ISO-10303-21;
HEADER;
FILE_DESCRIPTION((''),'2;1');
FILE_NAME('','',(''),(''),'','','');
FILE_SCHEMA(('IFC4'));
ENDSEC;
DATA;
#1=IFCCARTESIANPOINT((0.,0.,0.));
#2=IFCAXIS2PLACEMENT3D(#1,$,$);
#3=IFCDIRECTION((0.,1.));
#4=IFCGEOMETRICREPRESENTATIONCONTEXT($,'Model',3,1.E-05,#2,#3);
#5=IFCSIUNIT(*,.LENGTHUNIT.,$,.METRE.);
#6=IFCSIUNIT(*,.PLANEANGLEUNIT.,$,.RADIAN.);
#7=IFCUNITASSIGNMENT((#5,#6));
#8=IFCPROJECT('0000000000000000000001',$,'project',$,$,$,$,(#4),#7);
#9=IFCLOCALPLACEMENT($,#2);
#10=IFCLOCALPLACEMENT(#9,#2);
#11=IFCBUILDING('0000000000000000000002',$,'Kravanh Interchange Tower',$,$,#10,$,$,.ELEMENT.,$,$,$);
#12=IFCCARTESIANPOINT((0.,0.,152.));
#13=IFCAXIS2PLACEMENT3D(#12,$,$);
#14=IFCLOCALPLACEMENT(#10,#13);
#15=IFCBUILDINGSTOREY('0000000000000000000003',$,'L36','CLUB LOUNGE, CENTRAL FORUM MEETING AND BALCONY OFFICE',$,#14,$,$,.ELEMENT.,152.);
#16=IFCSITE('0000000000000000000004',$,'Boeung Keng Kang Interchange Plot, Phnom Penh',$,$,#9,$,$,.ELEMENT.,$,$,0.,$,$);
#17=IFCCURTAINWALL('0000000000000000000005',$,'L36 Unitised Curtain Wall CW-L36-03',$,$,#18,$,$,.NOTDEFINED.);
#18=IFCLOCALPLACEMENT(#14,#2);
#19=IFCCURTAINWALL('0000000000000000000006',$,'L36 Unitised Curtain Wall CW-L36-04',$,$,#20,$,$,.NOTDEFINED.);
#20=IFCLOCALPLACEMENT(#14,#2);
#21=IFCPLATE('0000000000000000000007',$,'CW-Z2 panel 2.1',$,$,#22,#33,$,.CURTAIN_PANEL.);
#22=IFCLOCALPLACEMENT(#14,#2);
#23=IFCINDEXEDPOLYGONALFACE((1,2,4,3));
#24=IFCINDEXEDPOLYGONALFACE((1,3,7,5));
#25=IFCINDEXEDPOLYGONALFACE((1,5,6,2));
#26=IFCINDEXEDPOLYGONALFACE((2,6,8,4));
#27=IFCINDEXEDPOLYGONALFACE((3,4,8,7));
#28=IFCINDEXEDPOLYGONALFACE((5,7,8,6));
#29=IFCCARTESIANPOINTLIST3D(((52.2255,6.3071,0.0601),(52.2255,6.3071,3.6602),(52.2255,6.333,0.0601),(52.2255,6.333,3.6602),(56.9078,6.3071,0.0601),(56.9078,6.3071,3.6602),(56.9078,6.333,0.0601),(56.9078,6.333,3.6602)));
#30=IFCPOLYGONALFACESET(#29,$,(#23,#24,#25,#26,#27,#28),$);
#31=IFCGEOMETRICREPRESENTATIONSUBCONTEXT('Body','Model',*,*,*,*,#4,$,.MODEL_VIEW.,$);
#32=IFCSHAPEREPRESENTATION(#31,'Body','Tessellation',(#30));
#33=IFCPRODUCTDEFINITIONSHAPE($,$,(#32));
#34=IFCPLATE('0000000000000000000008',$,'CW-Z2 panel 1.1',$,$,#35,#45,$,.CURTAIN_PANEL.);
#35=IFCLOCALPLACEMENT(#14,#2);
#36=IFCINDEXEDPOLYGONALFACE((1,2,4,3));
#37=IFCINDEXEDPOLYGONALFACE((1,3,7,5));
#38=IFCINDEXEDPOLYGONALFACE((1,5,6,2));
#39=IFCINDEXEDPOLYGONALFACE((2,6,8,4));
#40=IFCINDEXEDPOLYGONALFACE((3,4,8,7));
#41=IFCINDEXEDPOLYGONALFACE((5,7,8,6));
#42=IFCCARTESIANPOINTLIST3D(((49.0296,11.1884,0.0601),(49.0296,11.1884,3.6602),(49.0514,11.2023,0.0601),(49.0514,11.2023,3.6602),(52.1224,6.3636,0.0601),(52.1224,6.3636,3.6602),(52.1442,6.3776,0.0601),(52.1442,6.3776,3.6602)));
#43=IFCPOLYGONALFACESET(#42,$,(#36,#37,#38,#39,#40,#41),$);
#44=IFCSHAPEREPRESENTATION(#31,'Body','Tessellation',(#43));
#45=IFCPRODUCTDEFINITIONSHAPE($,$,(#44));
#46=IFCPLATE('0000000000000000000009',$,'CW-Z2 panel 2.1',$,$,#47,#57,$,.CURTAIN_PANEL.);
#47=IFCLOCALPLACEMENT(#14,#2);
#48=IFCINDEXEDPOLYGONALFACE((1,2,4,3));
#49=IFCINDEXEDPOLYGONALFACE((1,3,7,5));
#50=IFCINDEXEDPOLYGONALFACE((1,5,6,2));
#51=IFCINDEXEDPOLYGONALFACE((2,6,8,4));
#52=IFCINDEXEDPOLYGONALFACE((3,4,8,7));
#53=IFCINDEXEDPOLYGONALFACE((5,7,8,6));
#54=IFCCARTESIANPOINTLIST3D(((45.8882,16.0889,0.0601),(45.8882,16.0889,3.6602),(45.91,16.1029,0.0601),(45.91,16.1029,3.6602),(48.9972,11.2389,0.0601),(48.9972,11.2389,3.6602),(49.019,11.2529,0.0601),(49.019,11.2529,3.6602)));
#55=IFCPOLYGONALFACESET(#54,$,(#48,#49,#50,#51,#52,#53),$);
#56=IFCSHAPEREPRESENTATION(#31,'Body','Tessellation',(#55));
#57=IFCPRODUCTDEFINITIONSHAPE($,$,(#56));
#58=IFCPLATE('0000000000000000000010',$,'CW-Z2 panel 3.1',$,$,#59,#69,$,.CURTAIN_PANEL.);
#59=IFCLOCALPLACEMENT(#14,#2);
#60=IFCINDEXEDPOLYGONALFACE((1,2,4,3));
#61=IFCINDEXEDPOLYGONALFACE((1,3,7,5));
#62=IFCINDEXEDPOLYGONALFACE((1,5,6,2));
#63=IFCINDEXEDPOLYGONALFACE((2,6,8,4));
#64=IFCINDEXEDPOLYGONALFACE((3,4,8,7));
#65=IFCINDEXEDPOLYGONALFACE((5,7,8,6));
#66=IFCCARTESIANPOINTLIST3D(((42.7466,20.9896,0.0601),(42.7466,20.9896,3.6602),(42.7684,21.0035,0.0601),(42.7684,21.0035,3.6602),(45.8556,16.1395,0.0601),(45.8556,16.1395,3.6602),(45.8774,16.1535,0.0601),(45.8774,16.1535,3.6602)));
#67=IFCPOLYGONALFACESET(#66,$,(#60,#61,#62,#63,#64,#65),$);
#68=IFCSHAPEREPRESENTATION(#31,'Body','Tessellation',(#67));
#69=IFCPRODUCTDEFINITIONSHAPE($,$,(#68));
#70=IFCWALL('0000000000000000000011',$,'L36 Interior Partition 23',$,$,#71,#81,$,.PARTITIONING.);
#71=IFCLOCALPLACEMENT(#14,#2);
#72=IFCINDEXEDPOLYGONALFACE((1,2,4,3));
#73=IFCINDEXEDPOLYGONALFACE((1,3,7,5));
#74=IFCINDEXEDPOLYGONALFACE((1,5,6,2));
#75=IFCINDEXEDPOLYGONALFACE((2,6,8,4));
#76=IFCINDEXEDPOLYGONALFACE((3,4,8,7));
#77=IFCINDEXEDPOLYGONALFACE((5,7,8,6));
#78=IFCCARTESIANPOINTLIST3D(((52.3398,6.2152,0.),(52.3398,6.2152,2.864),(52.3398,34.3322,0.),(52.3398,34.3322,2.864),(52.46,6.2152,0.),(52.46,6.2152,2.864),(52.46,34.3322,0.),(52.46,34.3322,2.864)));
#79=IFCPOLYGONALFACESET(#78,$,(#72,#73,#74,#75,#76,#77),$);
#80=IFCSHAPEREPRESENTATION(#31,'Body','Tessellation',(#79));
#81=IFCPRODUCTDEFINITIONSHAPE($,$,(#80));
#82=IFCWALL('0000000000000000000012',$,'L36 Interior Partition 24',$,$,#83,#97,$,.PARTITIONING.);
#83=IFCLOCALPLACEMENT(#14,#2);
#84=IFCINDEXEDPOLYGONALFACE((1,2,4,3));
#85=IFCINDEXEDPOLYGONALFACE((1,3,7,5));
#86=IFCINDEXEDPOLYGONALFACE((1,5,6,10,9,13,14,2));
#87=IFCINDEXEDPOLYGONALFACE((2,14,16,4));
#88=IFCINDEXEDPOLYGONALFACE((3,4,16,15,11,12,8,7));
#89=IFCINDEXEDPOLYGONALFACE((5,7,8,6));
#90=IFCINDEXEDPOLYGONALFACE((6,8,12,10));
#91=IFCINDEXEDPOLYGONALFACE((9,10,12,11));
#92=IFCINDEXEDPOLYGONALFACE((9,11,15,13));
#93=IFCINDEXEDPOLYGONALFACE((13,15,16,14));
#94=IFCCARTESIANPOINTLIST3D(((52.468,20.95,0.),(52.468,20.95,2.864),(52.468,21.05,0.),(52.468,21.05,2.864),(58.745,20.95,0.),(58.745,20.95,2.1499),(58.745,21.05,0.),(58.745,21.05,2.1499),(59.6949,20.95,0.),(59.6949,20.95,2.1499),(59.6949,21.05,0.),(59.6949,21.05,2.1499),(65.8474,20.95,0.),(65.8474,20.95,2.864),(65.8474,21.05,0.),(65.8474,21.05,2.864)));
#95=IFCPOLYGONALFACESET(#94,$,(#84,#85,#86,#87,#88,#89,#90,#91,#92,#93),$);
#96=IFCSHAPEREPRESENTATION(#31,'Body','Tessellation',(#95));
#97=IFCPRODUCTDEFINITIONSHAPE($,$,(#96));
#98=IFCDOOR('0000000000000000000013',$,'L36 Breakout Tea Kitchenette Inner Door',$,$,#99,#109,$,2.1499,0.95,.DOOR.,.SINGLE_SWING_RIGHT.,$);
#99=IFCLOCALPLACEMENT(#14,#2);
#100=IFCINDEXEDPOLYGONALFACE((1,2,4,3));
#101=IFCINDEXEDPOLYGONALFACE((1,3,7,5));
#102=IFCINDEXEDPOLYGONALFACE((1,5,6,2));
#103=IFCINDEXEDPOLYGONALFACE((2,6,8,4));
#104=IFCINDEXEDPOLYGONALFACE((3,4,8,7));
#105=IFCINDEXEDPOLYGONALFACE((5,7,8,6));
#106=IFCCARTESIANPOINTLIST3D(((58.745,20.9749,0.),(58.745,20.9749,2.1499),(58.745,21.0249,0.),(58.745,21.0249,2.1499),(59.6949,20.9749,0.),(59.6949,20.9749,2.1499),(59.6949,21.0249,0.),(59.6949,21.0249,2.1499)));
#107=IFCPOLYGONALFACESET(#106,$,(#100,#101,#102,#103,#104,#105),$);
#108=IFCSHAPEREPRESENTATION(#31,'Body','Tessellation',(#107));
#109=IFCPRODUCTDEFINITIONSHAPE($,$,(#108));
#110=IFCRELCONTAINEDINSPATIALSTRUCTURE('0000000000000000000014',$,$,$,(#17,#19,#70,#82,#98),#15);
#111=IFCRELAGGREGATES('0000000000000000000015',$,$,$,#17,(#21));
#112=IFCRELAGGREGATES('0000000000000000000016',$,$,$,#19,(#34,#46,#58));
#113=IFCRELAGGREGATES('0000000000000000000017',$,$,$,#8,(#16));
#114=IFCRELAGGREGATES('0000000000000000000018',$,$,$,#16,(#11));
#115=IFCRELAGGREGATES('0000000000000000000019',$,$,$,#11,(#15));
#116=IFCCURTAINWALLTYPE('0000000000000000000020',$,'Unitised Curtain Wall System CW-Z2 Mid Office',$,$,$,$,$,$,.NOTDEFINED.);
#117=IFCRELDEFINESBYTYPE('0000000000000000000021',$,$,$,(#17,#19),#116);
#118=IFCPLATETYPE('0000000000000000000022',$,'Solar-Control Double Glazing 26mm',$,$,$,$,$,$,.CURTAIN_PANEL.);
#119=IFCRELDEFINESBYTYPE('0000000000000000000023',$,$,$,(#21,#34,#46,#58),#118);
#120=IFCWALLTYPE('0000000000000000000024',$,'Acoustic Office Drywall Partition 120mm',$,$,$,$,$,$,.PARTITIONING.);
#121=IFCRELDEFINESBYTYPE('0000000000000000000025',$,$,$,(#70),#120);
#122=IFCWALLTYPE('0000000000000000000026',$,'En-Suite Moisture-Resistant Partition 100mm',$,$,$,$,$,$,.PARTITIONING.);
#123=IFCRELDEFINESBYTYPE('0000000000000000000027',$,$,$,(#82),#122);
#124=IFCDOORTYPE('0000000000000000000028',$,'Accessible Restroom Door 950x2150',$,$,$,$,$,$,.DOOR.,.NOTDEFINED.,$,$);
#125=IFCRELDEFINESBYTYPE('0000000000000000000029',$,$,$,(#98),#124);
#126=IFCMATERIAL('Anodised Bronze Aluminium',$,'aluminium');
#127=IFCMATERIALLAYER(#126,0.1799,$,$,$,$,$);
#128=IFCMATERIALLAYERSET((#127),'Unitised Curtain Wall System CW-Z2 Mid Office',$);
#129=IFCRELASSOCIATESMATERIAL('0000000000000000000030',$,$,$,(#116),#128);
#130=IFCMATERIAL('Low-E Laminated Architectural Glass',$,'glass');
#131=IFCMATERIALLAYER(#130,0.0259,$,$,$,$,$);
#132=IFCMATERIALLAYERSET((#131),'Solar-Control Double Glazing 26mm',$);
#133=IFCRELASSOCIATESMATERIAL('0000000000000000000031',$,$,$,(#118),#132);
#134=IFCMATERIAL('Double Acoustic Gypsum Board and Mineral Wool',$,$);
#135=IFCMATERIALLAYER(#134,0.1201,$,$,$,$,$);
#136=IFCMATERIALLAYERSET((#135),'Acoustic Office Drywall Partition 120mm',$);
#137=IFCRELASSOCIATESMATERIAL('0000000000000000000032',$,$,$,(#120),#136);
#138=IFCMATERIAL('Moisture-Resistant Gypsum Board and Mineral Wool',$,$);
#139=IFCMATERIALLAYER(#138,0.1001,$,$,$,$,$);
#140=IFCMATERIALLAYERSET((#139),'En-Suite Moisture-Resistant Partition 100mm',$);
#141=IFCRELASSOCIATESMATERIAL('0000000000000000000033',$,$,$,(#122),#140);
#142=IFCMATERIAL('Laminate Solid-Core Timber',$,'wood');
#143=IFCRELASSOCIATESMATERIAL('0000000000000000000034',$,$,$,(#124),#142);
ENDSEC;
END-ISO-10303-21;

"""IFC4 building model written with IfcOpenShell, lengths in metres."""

from ifc_helpers import new_model, si_unit, direction, frame, frame_2d, origin, origin_2d, place, context, subcontext, project, spatial, rectangle, extrude, material, layer, layer_set, type_object, element, fill, aggregate, save


model = new_model("IFC4")

# Units and contexts
model_context = context("Model", 3, precision=1e-05, world=origin(), true_north=direction((0.0, 1.0)))
body_context = subcontext(model_context, "Body", "Model", "MODEL_VIEW")
ifc_project = project(units=[si_unit("LENGTHUNIT", "METRE"), si_unit("PLANEANGLEUNIT", "RADIAN")], contexts=[model_context])

# Site, building, storey
site_placement = place(None, origin())
site = spatial("IfcSite", under=ifc_project, at=site_placement, Name="Boeung Keng Kang Interchange Plot, Phnom Penh", CompositionType="ELEMENT", RefElevation=0.0)
building_placement = place(site_placement, origin())
building = spatial("IfcBuilding", under=site, at=building_placement, Name="Kravanh Interchange Tower", CompositionType="ELEMENT")
storey_placement = place(building_placement, frame((0.0, 0.0, 152.0)))
storey = spatial("IfcBuildingStorey", under=building, at=storey_placement, Name="L36", Description="CLUB LOUNGE, CENTRAL FORUM MEETING AND BALCONY OFFICE", CompositionType="ELEMENT", Elevation=152.0)

# Curtain wall
ifc_material_1 = material(Name="Anodised Bronze Aluminium", Category="aluminium")
ifc_layer_1 = layer(ifc_material_1, 0.1799)
ifc_layer_set_1 = layer_set([ifc_layer_1], Name="Unitised Curtain Wall System CW-Z2 Mid Office")
curtain_wall_type = type_object("IfcCurtainWallType", Name="Unitised Curtain Wall System CW-Z2 Mid Office", PredefinedType="NOTDEFINED", material=ifc_layer_set_1)
curtain_wall_1_placement = place(storey_placement, origin())
curtain_wall_1 = element("IfcCurtainWall", 1, at=curtain_wall_1_placement, inside=storey, type_object=curtain_wall_type, Name="L36 Unitised Curtain Wall CW-L36-03", PredefinedType="NOTDEFINED")

# Curtain wall
curtain_wall_2_placement = place(storey_placement, origin())
curtain_wall_2 = element("IfcCurtainWall", 2, at=curtain_wall_2_placement, inside=storey, type_object=curtain_wall_type, Name="L36 Unitised Curtain Wall CW-L36-04", PredefinedType="NOTDEFINED")

# Plates
ifc_material_2 = material(Name="Low-E Laminated Architectural Glass", Category="glass")
ifc_layer_2 = layer(ifc_material_2, 0.0259)
ifc_layer_set_2 = layer_set([ifc_layer_2], Name="Solar-Control Double Glazing 26mm")
plate_type = type_object("IfcPlateType", Name="Solar-Control Double Glazing 26mm", PredefinedType="CURTAIN_PANEL", material=ifc_layer_set_2)
plate_1_placement = place(storey_placement, frame((54.5667, 6.3201, 0.0601), z_axis=(0.0, 0.0, 1.0), x_axis=(-1.0, 0.0, 0.0)))
plate_1 = element("IfcPlate", 3, at=plate_1_placement, type_object=plate_type, Name="CW-Z2 panel 2.1", PredefinedType="CURTAIN_PANEL", context=body_context, shape_type="SweptSolid", body=[
    extrude(rectangle(XDim=4.6824, YDim=0.0259, at=origin_2d()), origin(), (0.0, 0.0, 1.0), 3.6001),
])
aggregate(curtain_wall_1, [plate_1])
plate_2_placement = place(storey_placement, frame((50.5869, 8.783, 0.0601), z_axis=(0.0, 0.0, 1.0), x_axis=(-0.539665, 0.84188, 0.0)))
plate_2 = element("IfcPlate", 4, at=plate_2_placement, type_object=plate_type, Name="CW-Z2 panel 1.1", PredefinedType="CURTAIN_PANEL", context=body_context, shape_type="SweptSolid", body=[
    extrude(rectangle(XDim=5.731, YDim=0.0259, at=origin_2d()), origin(), (0.0, 0.0, 1.0), 3.6001),
])
plate_3_placement = place(storey_placement, frame((47.4536, 13.6709, 0.0601), z_axis=(0.0, 0.0, 1.0), x_axis=(-0.539665, 0.84188, 0.0)))
plate_3 = element("IfcPlate", 5, at=plate_3_placement, type_object=plate_type, Name="CW-Z2 panel 2.1", PredefinedType="CURTAIN_PANEL", context=body_context, shape_type="SweptSolid", body=[
    extrude(rectangle(XDim=5.761, YDim=0.0259, at=origin_2d()), origin(), (0.0, 0.0, 1.0), 3.6001),
])
plate_4_placement = place(storey_placement, frame((44.312, 18.5715, 0.0601), z_axis=(0.0, 0.0, 1.0), x_axis=(-0.539665, 0.84188, 0.0)))
plate_4 = element("IfcPlate", 6, at=plate_4_placement, type_object=plate_type, Name="CW-Z2 panel 3.1", PredefinedType="CURTAIN_PANEL", context=body_context, shape_type="SweptSolid", body=[
    extrude(rectangle(XDim=5.761, YDim=0.0259, at=origin_2d()), origin(), (0.0, 0.0, 1.0), 3.6001),
])
aggregate(curtain_wall_2, [plate_2, plate_3, plate_4])

# Wall
ifc_material_3 = material(Name="Double Acoustic Gypsum Board and Mineral Wool")
ifc_layer_3 = layer(ifc_material_3, 0.1201)
ifc_layer_set_3 = layer_set([ifc_layer_3], Name="Acoustic Office Drywall Partition 120mm")
wall_type_1 = type_object("IfcWallType", Name="Acoustic Office Drywall Partition 120mm", PredefinedType="PARTITIONING", material=ifc_layer_set_3)
wall_1_placement = place(storey_placement, frame((52.3999, 6.2151, 0.0), z_axis=(0.0, 0.0, 1.0), x_axis=(0.0, 1.0, 0.0)))
element("IfcWall", 7, at=wall_1_placement, inside=storey, type_object=wall_type_1, Name="L36 Interior Partition 23", PredefinedType="PARTITIONING", context=body_context, shape_type="SweptSolid", body=[
    extrude(rectangle(XDim=28.1169, YDim=0.1201, at=frame_2d((14.0586, 0.0))), origin(), (0.0, 0.0, 1.0), 2.864),
])

# Wall, opening, door
ifc_material_4 = material(Name="Moisture-Resistant Gypsum Board and Mineral Wool")
ifc_layer_4 = layer(ifc_material_4, 0.1001)
ifc_layer_set_4 = layer_set([ifc_layer_4], Name="En-Suite Moisture-Resistant Partition 100mm")
wall_type_2 = type_object("IfcWallType", Name="En-Suite Moisture-Resistant Partition 100mm", PredefinedType="PARTITIONING", material=ifc_layer_set_4)
wall_2_placement = place(storey_placement, frame((52.468, 21.0, 0.0), z_axis=(0.0, 0.0, 1.0), x_axis=(1.0, 0.0, 0.0)))
wall_2 = element("IfcWall", 8, at=wall_2_placement, inside=storey, type_object=wall_type_2, Name="L36 Interior Partition 24", PredefinedType="PARTITIONING", context=body_context, shape_type="SweptSolid", body=[
    extrude(rectangle(XDim=13.3794, YDim=0.1001, at=frame_2d((6.6897, 0.0))), origin(), (0.0, 0.0, 1.0), 2.864),
])
opening_placement = place(wall_2_placement, frame((6.2769, 0.0, 0.0)))
opening = element("IfcOpeningElement", 9, at=opening_placement, cuts=wall_2, PredefinedType="OPENING", context=body_context, shape_type="SweptSolid", body=[
    extrude(rectangle(XDim=0.95, YDim=2.1499, at=frame_2d((0.4751, 1.075))), frame((0.0, 0.0601, 0.0), z_axis=(0.0, -1.0, 0.0), x_axis=(1.0, 0.0, 0.0)), (0.0, 0.0, 1.0), 0.1201),
])
ifc_material_5 = material(Name="Laminate Solid-Core Timber", Category="wood")
door_type = type_object("IfcDoorType", Name="Accessible Restroom Door 950x2150", OperationType="NOTDEFINED", PredefinedType="DOOR", material=ifc_material_5)
door_placement = place(opening_placement, origin())
door = element("IfcDoor", 10, at=door_placement, inside=storey, type_object=door_type, Name="L36 Breakout Tea Kitchenette Inner Door", OperationType="SINGLE_SWING_RIGHT", OverallHeight=2.1499, OverallWidth=0.95, PredefinedType="DOOR", context=body_context, shape_type="SweptSolid", body=[
    extrude(rectangle(XDim=0.95, YDim=2.1499, at=frame_2d((0.4751, 1.075))), frame((0.0, 0.0249, 0.0), z_axis=(0.0, -1.0, 0.0), x_axis=(1.0, 0.0, 0.0)), (0.0, 0.0, 1.0), 0.05),
])
fill(opening, door)

save(model, "model.ifc")
